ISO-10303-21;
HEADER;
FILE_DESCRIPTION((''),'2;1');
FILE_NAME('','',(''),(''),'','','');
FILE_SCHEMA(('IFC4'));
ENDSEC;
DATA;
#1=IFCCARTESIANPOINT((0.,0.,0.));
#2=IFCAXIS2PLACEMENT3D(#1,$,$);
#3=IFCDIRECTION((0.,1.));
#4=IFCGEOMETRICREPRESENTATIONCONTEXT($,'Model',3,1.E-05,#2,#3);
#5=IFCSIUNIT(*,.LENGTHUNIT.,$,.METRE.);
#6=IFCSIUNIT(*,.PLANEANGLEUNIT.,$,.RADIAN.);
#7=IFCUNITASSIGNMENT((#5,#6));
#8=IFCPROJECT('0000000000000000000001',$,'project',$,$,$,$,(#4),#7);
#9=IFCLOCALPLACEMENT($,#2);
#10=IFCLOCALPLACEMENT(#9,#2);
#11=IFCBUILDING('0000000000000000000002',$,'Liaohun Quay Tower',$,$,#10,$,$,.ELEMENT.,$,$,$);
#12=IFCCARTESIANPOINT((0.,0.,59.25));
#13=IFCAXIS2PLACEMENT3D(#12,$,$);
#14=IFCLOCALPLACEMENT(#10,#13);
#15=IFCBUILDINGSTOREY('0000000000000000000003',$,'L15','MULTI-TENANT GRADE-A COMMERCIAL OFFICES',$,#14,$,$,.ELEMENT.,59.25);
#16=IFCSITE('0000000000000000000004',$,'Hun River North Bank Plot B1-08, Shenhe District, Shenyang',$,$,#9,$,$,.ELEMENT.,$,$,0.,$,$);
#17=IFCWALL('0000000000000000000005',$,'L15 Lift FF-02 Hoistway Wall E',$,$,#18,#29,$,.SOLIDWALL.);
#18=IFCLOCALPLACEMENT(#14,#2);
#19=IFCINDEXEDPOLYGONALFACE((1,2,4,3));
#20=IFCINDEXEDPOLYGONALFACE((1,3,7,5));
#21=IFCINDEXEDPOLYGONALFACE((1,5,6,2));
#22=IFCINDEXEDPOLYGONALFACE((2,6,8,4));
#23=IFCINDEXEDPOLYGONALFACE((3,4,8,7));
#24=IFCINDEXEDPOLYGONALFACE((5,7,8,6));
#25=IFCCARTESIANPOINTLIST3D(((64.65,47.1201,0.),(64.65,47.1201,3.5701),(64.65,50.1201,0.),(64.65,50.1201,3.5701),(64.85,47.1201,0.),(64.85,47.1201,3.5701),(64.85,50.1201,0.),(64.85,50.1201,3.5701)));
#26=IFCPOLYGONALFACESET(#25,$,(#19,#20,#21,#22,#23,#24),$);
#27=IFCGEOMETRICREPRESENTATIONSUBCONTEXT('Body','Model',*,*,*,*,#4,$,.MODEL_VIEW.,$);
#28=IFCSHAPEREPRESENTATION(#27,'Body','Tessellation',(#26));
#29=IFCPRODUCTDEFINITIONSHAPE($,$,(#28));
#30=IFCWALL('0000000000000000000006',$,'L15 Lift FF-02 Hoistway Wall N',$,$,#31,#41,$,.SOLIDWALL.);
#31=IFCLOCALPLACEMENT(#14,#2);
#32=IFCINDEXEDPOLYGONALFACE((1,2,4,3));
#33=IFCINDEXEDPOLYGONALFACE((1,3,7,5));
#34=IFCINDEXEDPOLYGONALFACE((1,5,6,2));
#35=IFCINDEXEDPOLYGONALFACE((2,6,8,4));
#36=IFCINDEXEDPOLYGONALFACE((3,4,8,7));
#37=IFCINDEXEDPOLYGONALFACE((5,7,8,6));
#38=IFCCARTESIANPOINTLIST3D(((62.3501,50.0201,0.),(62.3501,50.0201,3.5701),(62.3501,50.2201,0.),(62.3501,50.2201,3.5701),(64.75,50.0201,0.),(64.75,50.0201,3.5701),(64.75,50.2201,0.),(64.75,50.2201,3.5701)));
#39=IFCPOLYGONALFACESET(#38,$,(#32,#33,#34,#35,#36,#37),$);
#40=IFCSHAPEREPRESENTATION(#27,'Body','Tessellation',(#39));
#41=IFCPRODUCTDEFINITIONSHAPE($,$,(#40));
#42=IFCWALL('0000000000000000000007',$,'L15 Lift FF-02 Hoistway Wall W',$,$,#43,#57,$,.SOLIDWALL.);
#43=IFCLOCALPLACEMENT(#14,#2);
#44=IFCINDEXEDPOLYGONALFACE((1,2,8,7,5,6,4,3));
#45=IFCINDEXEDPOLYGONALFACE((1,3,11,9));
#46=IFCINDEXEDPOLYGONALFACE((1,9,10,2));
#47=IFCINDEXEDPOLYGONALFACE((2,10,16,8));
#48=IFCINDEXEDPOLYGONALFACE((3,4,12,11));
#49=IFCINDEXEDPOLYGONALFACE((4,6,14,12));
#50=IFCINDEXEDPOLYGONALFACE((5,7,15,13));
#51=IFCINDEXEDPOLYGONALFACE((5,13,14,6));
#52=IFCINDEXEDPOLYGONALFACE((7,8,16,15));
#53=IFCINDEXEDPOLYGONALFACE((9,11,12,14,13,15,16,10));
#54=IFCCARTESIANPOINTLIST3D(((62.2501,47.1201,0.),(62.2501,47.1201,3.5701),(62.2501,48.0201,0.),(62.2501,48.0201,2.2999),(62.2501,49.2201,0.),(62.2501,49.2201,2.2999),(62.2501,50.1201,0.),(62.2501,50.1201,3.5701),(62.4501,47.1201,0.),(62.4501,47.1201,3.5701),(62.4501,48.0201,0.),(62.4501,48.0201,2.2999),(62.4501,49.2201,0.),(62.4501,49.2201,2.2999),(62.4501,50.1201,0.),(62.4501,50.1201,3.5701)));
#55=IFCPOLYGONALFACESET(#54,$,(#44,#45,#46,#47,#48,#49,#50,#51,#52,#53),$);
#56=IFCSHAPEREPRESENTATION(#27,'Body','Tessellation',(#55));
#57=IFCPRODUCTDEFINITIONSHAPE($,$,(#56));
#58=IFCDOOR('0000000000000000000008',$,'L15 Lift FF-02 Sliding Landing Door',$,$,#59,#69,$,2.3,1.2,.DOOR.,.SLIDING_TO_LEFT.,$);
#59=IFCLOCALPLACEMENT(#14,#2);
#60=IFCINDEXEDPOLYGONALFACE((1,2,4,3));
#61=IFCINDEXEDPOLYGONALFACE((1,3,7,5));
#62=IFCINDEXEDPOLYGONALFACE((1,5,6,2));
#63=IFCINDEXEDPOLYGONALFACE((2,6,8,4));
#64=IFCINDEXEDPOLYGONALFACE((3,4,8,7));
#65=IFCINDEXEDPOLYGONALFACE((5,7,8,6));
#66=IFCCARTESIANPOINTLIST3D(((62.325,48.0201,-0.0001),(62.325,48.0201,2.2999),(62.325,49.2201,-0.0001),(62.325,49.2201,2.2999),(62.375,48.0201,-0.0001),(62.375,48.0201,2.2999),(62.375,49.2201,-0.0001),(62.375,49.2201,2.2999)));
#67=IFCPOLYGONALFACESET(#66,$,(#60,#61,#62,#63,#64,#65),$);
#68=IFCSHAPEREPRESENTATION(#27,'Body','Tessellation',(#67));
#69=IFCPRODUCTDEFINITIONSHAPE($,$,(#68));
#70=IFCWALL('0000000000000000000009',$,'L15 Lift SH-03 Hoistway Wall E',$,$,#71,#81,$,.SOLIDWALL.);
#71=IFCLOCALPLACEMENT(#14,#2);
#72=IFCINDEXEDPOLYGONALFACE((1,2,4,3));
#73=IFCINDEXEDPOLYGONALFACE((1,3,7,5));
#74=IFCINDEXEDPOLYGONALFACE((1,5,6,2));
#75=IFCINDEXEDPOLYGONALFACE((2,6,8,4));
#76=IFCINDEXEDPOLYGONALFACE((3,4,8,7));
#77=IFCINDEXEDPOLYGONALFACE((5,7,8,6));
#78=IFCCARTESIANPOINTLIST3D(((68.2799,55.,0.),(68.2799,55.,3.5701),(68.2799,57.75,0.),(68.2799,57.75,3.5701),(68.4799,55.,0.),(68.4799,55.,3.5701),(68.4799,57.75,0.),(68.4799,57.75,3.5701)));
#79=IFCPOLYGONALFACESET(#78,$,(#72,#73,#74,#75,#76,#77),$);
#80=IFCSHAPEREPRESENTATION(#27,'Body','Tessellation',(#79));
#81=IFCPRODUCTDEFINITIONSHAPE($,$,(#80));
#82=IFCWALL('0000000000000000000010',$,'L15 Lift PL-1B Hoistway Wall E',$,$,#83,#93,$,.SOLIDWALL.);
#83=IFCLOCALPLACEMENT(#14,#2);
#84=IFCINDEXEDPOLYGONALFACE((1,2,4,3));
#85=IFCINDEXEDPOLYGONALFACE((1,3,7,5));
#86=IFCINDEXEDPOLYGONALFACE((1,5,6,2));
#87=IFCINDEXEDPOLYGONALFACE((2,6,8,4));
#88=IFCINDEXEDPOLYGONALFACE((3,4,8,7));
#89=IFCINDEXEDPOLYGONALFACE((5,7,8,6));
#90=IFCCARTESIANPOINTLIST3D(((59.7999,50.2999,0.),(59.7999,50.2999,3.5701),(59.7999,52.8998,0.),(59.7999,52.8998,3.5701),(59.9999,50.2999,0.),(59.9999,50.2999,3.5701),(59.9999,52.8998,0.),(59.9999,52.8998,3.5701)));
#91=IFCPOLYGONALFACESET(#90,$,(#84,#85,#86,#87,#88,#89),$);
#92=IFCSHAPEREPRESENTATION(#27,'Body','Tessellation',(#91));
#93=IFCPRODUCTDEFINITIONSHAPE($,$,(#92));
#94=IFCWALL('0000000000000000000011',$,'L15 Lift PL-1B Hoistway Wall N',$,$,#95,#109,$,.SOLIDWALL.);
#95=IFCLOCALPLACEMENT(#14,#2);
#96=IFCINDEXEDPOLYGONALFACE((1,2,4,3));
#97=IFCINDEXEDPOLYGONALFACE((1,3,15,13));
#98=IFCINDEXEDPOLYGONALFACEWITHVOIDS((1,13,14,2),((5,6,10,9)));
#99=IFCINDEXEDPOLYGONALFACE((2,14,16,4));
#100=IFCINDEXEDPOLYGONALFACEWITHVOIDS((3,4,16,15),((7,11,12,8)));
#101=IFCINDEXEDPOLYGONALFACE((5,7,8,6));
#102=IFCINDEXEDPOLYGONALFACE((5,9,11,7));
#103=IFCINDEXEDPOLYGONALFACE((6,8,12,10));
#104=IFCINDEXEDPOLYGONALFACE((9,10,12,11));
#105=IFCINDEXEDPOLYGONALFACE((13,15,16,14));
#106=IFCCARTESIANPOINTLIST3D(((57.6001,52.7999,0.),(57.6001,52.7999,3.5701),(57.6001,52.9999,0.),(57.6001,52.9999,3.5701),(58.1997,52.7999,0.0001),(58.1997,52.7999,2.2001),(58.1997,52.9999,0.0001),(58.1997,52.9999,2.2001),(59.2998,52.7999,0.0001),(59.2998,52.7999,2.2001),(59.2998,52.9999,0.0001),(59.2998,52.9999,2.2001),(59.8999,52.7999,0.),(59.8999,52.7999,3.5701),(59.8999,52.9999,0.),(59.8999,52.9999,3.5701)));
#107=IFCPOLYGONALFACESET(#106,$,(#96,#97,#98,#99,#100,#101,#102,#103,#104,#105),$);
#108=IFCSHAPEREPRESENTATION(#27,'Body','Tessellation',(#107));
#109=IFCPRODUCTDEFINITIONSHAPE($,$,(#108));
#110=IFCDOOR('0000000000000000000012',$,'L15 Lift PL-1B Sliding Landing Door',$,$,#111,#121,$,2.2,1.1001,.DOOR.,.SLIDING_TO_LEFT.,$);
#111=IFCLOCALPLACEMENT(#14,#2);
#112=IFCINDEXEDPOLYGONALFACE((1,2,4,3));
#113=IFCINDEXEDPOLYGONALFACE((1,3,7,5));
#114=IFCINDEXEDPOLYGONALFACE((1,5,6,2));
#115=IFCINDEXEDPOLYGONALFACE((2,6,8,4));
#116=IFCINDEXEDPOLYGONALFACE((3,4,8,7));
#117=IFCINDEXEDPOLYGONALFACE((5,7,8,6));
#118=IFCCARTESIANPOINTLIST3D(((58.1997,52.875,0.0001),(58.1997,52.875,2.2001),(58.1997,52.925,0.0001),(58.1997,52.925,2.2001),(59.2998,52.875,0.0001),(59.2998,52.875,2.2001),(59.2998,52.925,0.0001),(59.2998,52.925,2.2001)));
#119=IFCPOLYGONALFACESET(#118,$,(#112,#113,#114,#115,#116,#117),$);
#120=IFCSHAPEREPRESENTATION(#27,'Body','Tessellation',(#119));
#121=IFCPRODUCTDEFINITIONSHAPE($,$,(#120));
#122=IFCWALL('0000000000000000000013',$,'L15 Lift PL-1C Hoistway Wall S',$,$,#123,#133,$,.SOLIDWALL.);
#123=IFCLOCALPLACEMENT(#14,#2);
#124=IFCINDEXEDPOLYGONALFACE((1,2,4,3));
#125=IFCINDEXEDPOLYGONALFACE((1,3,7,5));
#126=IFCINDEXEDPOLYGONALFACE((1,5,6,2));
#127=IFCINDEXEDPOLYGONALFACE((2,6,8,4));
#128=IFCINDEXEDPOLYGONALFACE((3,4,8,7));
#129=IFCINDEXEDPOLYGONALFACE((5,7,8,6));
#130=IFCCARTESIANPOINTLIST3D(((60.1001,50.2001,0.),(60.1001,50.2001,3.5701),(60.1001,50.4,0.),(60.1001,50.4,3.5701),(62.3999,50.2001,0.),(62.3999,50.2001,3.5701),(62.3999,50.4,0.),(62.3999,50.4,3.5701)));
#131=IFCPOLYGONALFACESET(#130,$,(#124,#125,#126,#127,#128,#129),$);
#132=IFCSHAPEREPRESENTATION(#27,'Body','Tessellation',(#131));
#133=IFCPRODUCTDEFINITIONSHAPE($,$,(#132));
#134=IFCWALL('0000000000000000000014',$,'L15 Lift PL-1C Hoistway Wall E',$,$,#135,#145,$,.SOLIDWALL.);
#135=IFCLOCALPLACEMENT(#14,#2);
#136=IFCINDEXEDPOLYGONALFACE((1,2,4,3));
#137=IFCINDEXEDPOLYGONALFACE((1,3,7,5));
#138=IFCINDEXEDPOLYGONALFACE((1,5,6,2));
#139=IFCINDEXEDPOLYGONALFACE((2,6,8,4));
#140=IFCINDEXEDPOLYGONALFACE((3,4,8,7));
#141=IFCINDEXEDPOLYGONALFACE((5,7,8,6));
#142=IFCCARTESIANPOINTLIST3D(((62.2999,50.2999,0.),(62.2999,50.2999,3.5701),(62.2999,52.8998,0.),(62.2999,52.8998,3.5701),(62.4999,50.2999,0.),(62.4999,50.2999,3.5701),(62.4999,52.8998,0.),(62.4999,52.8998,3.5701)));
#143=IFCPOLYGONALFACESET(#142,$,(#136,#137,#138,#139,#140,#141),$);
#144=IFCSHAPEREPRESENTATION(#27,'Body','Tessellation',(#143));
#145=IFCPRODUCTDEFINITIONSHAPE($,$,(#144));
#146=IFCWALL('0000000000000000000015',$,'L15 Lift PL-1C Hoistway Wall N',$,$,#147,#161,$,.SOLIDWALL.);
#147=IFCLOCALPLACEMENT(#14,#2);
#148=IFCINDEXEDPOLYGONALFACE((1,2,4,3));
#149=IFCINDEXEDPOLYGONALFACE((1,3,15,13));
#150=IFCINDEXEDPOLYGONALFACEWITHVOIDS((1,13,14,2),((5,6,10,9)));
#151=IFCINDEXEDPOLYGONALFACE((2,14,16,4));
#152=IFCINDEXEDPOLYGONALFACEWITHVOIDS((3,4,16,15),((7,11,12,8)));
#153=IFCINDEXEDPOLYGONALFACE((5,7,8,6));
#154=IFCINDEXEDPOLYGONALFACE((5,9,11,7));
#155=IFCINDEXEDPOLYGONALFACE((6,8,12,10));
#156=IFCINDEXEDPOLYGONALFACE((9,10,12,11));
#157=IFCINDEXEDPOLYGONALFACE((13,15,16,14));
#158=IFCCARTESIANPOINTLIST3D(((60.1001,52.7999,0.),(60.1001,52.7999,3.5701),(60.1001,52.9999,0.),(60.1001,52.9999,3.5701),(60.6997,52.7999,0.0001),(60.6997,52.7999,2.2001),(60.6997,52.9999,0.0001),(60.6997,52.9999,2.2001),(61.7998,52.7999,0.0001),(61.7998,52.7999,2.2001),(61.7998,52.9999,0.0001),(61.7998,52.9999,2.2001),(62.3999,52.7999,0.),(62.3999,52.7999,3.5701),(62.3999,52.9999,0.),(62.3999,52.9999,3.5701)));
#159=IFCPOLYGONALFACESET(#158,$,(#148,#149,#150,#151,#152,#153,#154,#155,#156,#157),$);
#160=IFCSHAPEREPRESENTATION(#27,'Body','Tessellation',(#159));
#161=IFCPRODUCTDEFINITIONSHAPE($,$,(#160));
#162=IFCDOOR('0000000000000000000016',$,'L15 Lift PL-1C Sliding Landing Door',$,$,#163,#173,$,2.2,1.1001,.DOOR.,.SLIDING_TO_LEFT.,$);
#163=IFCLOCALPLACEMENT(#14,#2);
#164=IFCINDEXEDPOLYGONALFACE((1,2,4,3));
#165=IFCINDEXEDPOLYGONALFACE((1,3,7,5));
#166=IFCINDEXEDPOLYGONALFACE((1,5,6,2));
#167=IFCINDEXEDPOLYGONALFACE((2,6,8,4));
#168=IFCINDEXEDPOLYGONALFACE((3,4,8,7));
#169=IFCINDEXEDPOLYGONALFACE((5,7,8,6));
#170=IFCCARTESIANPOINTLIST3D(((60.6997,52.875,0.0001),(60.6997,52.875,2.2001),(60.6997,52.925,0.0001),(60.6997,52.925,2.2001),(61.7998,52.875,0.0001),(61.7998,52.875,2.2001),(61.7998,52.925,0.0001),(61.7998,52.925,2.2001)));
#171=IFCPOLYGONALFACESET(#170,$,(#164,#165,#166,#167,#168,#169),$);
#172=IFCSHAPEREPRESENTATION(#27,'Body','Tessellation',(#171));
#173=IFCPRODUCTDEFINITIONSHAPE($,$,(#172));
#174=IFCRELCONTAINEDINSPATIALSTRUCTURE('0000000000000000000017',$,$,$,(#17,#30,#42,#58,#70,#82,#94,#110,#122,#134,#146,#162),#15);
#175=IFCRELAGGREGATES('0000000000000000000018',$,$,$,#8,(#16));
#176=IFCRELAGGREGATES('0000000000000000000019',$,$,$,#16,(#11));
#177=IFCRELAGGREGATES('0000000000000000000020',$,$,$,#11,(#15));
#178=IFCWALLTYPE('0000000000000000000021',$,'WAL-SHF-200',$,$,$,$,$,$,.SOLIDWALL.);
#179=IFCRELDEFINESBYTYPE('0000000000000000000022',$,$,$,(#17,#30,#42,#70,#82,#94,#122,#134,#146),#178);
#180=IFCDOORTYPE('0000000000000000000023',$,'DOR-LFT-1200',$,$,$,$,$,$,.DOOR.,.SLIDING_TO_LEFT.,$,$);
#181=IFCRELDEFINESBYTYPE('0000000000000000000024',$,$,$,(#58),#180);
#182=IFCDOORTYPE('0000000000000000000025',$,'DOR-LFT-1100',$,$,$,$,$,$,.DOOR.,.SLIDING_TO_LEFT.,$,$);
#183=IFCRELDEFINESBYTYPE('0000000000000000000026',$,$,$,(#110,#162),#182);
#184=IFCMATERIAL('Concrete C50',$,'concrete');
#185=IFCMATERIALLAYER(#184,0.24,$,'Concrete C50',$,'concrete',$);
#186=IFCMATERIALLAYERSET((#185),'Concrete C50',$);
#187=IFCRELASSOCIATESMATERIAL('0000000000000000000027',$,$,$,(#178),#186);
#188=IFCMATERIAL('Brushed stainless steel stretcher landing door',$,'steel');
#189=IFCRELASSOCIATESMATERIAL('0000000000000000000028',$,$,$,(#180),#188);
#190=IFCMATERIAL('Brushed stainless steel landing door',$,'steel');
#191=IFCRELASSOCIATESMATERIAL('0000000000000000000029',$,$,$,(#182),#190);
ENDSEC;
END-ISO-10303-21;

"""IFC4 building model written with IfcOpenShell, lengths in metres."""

from ifc_helpers import new_model, si_unit, direction, frame, frame_2d, origin, place, context, subcontext, project, spatial, rectangle, extrude, source, transform, mapped, material, layer, layer_set, type_object, element, fill, save


model = new_model("IFC4")

# Units and contexts
model_context = context("Model", 3, precision=1e-05, world=origin(), true_north=direction((0.0, 1.0)))
body_context = subcontext(model_context, "Body", "Model", "MODEL_VIEW")
ifc_project = project(units=[si_unit("LENGTHUNIT", "METRE"), si_unit("PLANEANGLEUNIT", "RADIAN")], contexts=[model_context])

# Site, building, storey
site_placement = place(None, origin())
site = spatial("IfcSite", under=ifc_project, at=site_placement, Name="Hun River North Bank Plot B1-08, Shenhe District, Shenyang", CompositionType="ELEMENT", RefElevation=0.0)
building_placement = place(site_placement, origin())
building = spatial("IfcBuilding", under=site, at=building_placement, Name="Liaohun Quay Tower", CompositionType="ELEMENT")
storey_placement = place(building_placement, frame((0.0, 0.0, 59.25)))
storey = spatial("IfcBuildingStorey", under=building, at=storey_placement, Name="L15", Description="MULTI-TENANT GRADE-A COMMERCIAL OFFICES", CompositionType="ELEMENT", Elevation=59.25)

# Shared definitions
ifc_material_1 = material(Name="Concrete C50", Category="concrete")
ifc_layer_1 = layer(ifc_material_1, 0.24, Name="Concrete C50", Category="concrete")
ifc_layer_set_1 = layer_set([ifc_layer_1], Name="Concrete C50")
wall_type_1 = type_object("IfcWallType", Name="WAL-SHF-200", PredefinedType="SOLIDWALL", material=ifc_layer_set_1)

# Walls
wall_1_placement = place(storey_placement, frame((64.75, 47.1201, 0.0), z_axis=(0.0, 0.0, 1.0), x_axis=(0.0, 1.0, 0.0)))
element("IfcWall", 1, at=wall_1_placement, inside=storey, type_object=wall_type_1, Name="L15 Lift FF-02 Hoistway Wall E", PredefinedType="SOLIDWALL", context=body_context, shape_type="SweptSolid", body=[
    extrude(rectangle(XDim=3.0, YDim=0.2, at=frame_2d((1.5, 0.0))), origin(), (0.0, 0.0, 1.0), 3.5701),
])
wall_2_placement = place(storey_placement, frame((64.75, 50.1201, 0.0), z_axis=(0.0, 0.0, 1.0), x_axis=(-1.0, 0.0, 0.0)))
element("IfcWall", 2, at=wall_2_placement, inside=storey, type_object=wall_type_1, Name="L15 Lift FF-02 Hoistway Wall N", PredefinedType="SOLIDWALL", context=body_context, shape_type="SweptSolid", body=[
    extrude(rectangle(XDim=2.3999, YDim=0.2, at=frame_2d((1.2, 0.0))), origin(), (0.0, 0.0, 1.0), 3.5701),
])

# Wall, opening, door
wall_3_placement = place(storey_placement, frame((62.3501, 50.1201, 0.0), z_axis=(0.0, 0.0, 1.0), x_axis=(0.0, -1.0, 0.0)))
wall_3 = element("IfcWall", 3, at=wall_3_placement, inside=storey, type_object=wall_type_1, Name="L15 Lift FF-02 Hoistway Wall W", PredefinedType="SOLIDWALL", context=body_context, shape_type="SweptSolid", body=[
    extrude(rectangle(XDim=3.0, YDim=0.2, at=frame_2d((1.5, 0.0))), origin(), (0.0, 0.0, 1.0), 3.5701),
])
shared_shape_1 = source(origin(), body_context, "Body", "SweptSolid", [
    extrude(rectangle(XDim=1.2, YDim=2.3, at=frame_2d((0.6001, 1.1499))), frame((0.0, 0.1099, 0.0), z_axis=(0.0, -1.0, 0.0), x_axis=(1.0, 0.0, 0.0)), (0.0, 0.0, 1.0), 0.22),
])
opening_1_placement = place(wall_3_placement, frame((0.8999, 0.0, 0.0)))
opening_1 = element("IfcOpeningElement", 4, at=opening_1_placement, cuts=wall_3, PredefinedType="OPENING", context=body_context, shape_type="MappedRepresentation", body=[
    mapped(shared_shape_1, transform((0.0, 0.0, 0.0), x_axis=(1.0, 0.0, 0.0), y_axis=(0.0, 1.0, 0.0), z_axis=(0.0, 0.0, 1.0), scale=1.0)),
])
ifc_material_2 = material(Name="Brushed stainless steel stretcher landing door", Category="steel")
door_type_1 = type_object("IfcDoorType", Name="DOR-LFT-1200", OperationType="SLIDING_TO_LEFT", PredefinedType="DOOR", material=ifc_material_2)
shared_shape_2 = source(origin(), body_context, "Body", "SweptSolid", [
    extrude(rectangle(XDim=1.2, YDim=2.3, at=frame_2d((0.6001, 1.1499))), frame((0.0, 0.0249, 0.0), z_axis=(0.0, -1.0, 0.0), x_axis=(1.0, 0.0, 0.0)), (0.0, 0.0, 1.0), 0.05),
])
door_1_placement = place(opening_1_placement, origin())
door_1 = element("IfcDoor", 5, at=door_1_placement, inside=storey, type_object=door_type_1, Name="L15 Lift FF-02 Sliding Landing Door", OperationType="SLIDING_TO_LEFT", OverallHeight=2.3, OverallWidth=1.2, PredefinedType="DOOR", context=body_context, shape_type="MappedRepresentation", body=[
    mapped(shared_shape_2, transform((0.0, 0.0, 0.0), x_axis=(1.0, 0.0, 0.0), y_axis=(0.0, 1.0, 0.0), z_axis=(0.0, 0.0, 1.0), scale=1.0)),
])
fill(opening_1, door_1)

# Walls
wall_4_placement = place(storey_placement, frame((68.3799, 55.0, 0.0), z_axis=(0.0, 0.0, 1.0), x_axis=(0.0, 1.0, 0.0)))
element("IfcWall", 6, at=wall_4_placement, inside=storey, type_object=wall_type_1, Name="L15 Lift SH-03 Hoistway Wall E", PredefinedType="SOLIDWALL", context=body_context, shape_type="SweptSolid", body=[
    extrude(rectangle(XDim=2.75, YDim=0.2, at=frame_2d((1.375, 0.0))), origin(), (0.0, 0.0, 1.0), 3.5701),
])
wall_5_placement = place(storey_placement, frame((59.8999, 50.3, 0.0), z_axis=(0.0, 0.0, 1.0), x_axis=(0.0, 1.0, 0.0)))
element("IfcWall", 7, at=wall_5_placement, inside=storey, type_object=wall_type_1, Name="L15 Lift PL-1B Hoistway Wall E", PredefinedType="SOLIDWALL", context=body_context, shape_type="SweptSolid", body=[
    extrude(rectangle(XDim=2.5999, YDim=0.2, at=frame_2d((1.2998, 0.0))), origin(), (0.0, 0.0, 1.0), 3.5701),
])

# Wall, opening, door
wall_6_placement = place(storey_placement, frame((59.8999, 52.8999, 0.0), z_axis=(0.0, 0.0, 1.0), x_axis=(-1.0, 0.0, 0.0)))
wall_6 = element("IfcWall", 8, at=wall_6_placement, inside=storey, type_object=wall_type_1, Name="L15 Lift PL-1B Hoistway Wall N", PredefinedType="SOLIDWALL", context=body_context, shape_type="SweptSolid", body=[
    extrude(rectangle(XDim=2.2998, YDim=0.2, at=frame_2d((1.1499, 0.0))), origin(), (0.0, 0.0, 1.0), 3.5701),
])
shared_shape_3 = source(origin(), body_context, "Body", "SweptSolid", [
    extrude(rectangle(XDim=1.1001, YDim=2.2, at=frame_2d((0.55, 1.1001))), frame((0.0, 0.1099, 0.0), z_axis=(0.0, -1.0, 0.0), x_axis=(1.0, 0.0, 0.0)), (0.0, 0.0, 1.0), 0.22),
])
opening_2_placement = place(wall_6_placement, frame((0.6001, 0.0, 0.0)))
opening_2 = element("IfcOpeningElement", 9, at=opening_2_placement, cuts=wall_6, PredefinedType="OPENING", context=body_context, shape_type="MappedRepresentation", body=[
    mapped(shared_shape_3, transform((0.0, 0.0, 0.0), x_axis=(1.0, 0.0, 0.0), y_axis=(0.0, 1.0, 0.0), z_axis=(0.0, 0.0, 1.0), scale=1.0)),
])
ifc_material_3 = material(Name="Brushed stainless steel landing door", Category="steel")
door_type_2 = type_object("IfcDoorType", Name="DOR-LFT-1100", OperationType="SLIDING_TO_LEFT", PredefinedType="DOOR", material=ifc_material_3)
shared_shape_4 = source(origin(), body_context, "Body", "SweptSolid", [
    extrude(rectangle(XDim=1.1001, YDim=2.2, at=frame_2d((0.55, 1.1001))), frame((0.0, 0.0249, 0.0), z_axis=(0.0, -1.0, 0.0), x_axis=(1.0, 0.0, 0.0)), (0.0, 0.0, 1.0), 0.05),
])
door_2_placement = place(opening_2_placement, origin())
door_2 = element("IfcDoor", 10, at=door_2_placement, inside=storey, type_object=door_type_2, Name="L15 Lift PL-1B Sliding Landing Door", OperationType="SLIDING_TO_LEFT", OverallHeight=2.2, OverallWidth=1.1001, PredefinedType="DOOR", context=body_context, shape_type="MappedRepresentation", body=[
    mapped(shared_shape_4, transform((0.0, 0.0, 0.0), x_axis=(1.0, 0.0, 0.0), y_axis=(0.0, 1.0, 0.0), z_axis=(0.0, 0.0, 1.0), scale=1.0)),
])
fill(opening_2, door_2)

# Walls
wall_7_placement = place(storey_placement, frame((60.1001, 50.3, 0.0), z_axis=(0.0, 0.0, 1.0), x_axis=(1.0, 0.0, 0.0)))
element("IfcWall", 11, at=wall_7_placement, inside=storey, type_object=wall_type_1, Name="L15 Lift PL-1C Hoistway Wall S", PredefinedType="SOLIDWALL", context=body_context, shape_type="SweptSolid", body=[
    extrude(rectangle(XDim=2.2998, YDim=0.2, at=frame_2d((1.1499, 0.0))), origin(), (0.0, 0.0, 1.0), 3.5701),
])
wall_8_placement = place(storey_placement, frame((62.3999, 50.3, 0.0), z_axis=(0.0, 0.0, 1.0), x_axis=(0.0, 1.0, 0.0)))
element("IfcWall", 12, at=wall_8_placement, inside=storey, type_object=wall_type_1, Name="L15 Lift PL-1C Hoistway Wall E", PredefinedType="SOLIDWALL", context=body_context, shape_type="SweptSolid", body=[
    extrude(rectangle(XDim=2.5999, YDim=0.2, at=frame_2d((1.2998, 0.0))), origin(), (0.0, 0.0, 1.0), 3.5701),
])

# Wall, opening, door
wall_9_placement = place(storey_placement, frame((62.3999, 52.8999, 0.0), z_axis=(0.0, 0.0, 1.0), x_axis=(-1.0, 0.0, 0.0)))
wall_9 = element("IfcWall", 13, at=wall_9_placement, inside=storey, type_object=wall_type_1, Name="L15 Lift PL-1C Hoistway Wall N", PredefinedType="SOLIDWALL", context=body_context, shape_type="SweptSolid", body=[
    extrude(rectangle(XDim=2.2998, YDim=0.2, at=frame_2d((1.1499, 0.0))), origin(), (0.0, 0.0, 1.0), 3.5701),
])
opening_3_placement = place(wall_9_placement, frame((0.6001, 0.0, 0.0)))
opening_3 = element("IfcOpeningElement", 14, at=opening_3_placement, cuts=wall_9, PredefinedType="OPENING", context=body_context, shape_type="MappedRepresentation", body=[
    mapped(shared_shape_3, transform((0.0, 0.0, 0.0), x_axis=(1.0, 0.0, 0.0), y_axis=(0.0, 1.0, 0.0), z_axis=(0.0, 0.0, 1.0), scale=1.0)),
])
door_3_placement = place(opening_3_placement, origin())
door_3 = element("IfcDoor", 15, at=door_3_placement, inside=storey, type_object=door_type_2, Name="L15 Lift PL-1C Sliding Landing Door", OperationType="SLIDING_TO_LEFT", OverallHeight=2.2, OverallWidth=1.1001, PredefinedType="DOOR", context=body_context, shape_type="MappedRepresentation", body=[
    mapped(shared_shape_4, transform((0.0, 0.0, 0.0), x_axis=(1.0, 0.0, 0.0), y_axis=(0.0, 1.0, 0.0), z_axis=(0.0, 0.0, 1.0), scale=1.0)),
])
fill(opening_3, door_3)

save(model, "model.ifc")
